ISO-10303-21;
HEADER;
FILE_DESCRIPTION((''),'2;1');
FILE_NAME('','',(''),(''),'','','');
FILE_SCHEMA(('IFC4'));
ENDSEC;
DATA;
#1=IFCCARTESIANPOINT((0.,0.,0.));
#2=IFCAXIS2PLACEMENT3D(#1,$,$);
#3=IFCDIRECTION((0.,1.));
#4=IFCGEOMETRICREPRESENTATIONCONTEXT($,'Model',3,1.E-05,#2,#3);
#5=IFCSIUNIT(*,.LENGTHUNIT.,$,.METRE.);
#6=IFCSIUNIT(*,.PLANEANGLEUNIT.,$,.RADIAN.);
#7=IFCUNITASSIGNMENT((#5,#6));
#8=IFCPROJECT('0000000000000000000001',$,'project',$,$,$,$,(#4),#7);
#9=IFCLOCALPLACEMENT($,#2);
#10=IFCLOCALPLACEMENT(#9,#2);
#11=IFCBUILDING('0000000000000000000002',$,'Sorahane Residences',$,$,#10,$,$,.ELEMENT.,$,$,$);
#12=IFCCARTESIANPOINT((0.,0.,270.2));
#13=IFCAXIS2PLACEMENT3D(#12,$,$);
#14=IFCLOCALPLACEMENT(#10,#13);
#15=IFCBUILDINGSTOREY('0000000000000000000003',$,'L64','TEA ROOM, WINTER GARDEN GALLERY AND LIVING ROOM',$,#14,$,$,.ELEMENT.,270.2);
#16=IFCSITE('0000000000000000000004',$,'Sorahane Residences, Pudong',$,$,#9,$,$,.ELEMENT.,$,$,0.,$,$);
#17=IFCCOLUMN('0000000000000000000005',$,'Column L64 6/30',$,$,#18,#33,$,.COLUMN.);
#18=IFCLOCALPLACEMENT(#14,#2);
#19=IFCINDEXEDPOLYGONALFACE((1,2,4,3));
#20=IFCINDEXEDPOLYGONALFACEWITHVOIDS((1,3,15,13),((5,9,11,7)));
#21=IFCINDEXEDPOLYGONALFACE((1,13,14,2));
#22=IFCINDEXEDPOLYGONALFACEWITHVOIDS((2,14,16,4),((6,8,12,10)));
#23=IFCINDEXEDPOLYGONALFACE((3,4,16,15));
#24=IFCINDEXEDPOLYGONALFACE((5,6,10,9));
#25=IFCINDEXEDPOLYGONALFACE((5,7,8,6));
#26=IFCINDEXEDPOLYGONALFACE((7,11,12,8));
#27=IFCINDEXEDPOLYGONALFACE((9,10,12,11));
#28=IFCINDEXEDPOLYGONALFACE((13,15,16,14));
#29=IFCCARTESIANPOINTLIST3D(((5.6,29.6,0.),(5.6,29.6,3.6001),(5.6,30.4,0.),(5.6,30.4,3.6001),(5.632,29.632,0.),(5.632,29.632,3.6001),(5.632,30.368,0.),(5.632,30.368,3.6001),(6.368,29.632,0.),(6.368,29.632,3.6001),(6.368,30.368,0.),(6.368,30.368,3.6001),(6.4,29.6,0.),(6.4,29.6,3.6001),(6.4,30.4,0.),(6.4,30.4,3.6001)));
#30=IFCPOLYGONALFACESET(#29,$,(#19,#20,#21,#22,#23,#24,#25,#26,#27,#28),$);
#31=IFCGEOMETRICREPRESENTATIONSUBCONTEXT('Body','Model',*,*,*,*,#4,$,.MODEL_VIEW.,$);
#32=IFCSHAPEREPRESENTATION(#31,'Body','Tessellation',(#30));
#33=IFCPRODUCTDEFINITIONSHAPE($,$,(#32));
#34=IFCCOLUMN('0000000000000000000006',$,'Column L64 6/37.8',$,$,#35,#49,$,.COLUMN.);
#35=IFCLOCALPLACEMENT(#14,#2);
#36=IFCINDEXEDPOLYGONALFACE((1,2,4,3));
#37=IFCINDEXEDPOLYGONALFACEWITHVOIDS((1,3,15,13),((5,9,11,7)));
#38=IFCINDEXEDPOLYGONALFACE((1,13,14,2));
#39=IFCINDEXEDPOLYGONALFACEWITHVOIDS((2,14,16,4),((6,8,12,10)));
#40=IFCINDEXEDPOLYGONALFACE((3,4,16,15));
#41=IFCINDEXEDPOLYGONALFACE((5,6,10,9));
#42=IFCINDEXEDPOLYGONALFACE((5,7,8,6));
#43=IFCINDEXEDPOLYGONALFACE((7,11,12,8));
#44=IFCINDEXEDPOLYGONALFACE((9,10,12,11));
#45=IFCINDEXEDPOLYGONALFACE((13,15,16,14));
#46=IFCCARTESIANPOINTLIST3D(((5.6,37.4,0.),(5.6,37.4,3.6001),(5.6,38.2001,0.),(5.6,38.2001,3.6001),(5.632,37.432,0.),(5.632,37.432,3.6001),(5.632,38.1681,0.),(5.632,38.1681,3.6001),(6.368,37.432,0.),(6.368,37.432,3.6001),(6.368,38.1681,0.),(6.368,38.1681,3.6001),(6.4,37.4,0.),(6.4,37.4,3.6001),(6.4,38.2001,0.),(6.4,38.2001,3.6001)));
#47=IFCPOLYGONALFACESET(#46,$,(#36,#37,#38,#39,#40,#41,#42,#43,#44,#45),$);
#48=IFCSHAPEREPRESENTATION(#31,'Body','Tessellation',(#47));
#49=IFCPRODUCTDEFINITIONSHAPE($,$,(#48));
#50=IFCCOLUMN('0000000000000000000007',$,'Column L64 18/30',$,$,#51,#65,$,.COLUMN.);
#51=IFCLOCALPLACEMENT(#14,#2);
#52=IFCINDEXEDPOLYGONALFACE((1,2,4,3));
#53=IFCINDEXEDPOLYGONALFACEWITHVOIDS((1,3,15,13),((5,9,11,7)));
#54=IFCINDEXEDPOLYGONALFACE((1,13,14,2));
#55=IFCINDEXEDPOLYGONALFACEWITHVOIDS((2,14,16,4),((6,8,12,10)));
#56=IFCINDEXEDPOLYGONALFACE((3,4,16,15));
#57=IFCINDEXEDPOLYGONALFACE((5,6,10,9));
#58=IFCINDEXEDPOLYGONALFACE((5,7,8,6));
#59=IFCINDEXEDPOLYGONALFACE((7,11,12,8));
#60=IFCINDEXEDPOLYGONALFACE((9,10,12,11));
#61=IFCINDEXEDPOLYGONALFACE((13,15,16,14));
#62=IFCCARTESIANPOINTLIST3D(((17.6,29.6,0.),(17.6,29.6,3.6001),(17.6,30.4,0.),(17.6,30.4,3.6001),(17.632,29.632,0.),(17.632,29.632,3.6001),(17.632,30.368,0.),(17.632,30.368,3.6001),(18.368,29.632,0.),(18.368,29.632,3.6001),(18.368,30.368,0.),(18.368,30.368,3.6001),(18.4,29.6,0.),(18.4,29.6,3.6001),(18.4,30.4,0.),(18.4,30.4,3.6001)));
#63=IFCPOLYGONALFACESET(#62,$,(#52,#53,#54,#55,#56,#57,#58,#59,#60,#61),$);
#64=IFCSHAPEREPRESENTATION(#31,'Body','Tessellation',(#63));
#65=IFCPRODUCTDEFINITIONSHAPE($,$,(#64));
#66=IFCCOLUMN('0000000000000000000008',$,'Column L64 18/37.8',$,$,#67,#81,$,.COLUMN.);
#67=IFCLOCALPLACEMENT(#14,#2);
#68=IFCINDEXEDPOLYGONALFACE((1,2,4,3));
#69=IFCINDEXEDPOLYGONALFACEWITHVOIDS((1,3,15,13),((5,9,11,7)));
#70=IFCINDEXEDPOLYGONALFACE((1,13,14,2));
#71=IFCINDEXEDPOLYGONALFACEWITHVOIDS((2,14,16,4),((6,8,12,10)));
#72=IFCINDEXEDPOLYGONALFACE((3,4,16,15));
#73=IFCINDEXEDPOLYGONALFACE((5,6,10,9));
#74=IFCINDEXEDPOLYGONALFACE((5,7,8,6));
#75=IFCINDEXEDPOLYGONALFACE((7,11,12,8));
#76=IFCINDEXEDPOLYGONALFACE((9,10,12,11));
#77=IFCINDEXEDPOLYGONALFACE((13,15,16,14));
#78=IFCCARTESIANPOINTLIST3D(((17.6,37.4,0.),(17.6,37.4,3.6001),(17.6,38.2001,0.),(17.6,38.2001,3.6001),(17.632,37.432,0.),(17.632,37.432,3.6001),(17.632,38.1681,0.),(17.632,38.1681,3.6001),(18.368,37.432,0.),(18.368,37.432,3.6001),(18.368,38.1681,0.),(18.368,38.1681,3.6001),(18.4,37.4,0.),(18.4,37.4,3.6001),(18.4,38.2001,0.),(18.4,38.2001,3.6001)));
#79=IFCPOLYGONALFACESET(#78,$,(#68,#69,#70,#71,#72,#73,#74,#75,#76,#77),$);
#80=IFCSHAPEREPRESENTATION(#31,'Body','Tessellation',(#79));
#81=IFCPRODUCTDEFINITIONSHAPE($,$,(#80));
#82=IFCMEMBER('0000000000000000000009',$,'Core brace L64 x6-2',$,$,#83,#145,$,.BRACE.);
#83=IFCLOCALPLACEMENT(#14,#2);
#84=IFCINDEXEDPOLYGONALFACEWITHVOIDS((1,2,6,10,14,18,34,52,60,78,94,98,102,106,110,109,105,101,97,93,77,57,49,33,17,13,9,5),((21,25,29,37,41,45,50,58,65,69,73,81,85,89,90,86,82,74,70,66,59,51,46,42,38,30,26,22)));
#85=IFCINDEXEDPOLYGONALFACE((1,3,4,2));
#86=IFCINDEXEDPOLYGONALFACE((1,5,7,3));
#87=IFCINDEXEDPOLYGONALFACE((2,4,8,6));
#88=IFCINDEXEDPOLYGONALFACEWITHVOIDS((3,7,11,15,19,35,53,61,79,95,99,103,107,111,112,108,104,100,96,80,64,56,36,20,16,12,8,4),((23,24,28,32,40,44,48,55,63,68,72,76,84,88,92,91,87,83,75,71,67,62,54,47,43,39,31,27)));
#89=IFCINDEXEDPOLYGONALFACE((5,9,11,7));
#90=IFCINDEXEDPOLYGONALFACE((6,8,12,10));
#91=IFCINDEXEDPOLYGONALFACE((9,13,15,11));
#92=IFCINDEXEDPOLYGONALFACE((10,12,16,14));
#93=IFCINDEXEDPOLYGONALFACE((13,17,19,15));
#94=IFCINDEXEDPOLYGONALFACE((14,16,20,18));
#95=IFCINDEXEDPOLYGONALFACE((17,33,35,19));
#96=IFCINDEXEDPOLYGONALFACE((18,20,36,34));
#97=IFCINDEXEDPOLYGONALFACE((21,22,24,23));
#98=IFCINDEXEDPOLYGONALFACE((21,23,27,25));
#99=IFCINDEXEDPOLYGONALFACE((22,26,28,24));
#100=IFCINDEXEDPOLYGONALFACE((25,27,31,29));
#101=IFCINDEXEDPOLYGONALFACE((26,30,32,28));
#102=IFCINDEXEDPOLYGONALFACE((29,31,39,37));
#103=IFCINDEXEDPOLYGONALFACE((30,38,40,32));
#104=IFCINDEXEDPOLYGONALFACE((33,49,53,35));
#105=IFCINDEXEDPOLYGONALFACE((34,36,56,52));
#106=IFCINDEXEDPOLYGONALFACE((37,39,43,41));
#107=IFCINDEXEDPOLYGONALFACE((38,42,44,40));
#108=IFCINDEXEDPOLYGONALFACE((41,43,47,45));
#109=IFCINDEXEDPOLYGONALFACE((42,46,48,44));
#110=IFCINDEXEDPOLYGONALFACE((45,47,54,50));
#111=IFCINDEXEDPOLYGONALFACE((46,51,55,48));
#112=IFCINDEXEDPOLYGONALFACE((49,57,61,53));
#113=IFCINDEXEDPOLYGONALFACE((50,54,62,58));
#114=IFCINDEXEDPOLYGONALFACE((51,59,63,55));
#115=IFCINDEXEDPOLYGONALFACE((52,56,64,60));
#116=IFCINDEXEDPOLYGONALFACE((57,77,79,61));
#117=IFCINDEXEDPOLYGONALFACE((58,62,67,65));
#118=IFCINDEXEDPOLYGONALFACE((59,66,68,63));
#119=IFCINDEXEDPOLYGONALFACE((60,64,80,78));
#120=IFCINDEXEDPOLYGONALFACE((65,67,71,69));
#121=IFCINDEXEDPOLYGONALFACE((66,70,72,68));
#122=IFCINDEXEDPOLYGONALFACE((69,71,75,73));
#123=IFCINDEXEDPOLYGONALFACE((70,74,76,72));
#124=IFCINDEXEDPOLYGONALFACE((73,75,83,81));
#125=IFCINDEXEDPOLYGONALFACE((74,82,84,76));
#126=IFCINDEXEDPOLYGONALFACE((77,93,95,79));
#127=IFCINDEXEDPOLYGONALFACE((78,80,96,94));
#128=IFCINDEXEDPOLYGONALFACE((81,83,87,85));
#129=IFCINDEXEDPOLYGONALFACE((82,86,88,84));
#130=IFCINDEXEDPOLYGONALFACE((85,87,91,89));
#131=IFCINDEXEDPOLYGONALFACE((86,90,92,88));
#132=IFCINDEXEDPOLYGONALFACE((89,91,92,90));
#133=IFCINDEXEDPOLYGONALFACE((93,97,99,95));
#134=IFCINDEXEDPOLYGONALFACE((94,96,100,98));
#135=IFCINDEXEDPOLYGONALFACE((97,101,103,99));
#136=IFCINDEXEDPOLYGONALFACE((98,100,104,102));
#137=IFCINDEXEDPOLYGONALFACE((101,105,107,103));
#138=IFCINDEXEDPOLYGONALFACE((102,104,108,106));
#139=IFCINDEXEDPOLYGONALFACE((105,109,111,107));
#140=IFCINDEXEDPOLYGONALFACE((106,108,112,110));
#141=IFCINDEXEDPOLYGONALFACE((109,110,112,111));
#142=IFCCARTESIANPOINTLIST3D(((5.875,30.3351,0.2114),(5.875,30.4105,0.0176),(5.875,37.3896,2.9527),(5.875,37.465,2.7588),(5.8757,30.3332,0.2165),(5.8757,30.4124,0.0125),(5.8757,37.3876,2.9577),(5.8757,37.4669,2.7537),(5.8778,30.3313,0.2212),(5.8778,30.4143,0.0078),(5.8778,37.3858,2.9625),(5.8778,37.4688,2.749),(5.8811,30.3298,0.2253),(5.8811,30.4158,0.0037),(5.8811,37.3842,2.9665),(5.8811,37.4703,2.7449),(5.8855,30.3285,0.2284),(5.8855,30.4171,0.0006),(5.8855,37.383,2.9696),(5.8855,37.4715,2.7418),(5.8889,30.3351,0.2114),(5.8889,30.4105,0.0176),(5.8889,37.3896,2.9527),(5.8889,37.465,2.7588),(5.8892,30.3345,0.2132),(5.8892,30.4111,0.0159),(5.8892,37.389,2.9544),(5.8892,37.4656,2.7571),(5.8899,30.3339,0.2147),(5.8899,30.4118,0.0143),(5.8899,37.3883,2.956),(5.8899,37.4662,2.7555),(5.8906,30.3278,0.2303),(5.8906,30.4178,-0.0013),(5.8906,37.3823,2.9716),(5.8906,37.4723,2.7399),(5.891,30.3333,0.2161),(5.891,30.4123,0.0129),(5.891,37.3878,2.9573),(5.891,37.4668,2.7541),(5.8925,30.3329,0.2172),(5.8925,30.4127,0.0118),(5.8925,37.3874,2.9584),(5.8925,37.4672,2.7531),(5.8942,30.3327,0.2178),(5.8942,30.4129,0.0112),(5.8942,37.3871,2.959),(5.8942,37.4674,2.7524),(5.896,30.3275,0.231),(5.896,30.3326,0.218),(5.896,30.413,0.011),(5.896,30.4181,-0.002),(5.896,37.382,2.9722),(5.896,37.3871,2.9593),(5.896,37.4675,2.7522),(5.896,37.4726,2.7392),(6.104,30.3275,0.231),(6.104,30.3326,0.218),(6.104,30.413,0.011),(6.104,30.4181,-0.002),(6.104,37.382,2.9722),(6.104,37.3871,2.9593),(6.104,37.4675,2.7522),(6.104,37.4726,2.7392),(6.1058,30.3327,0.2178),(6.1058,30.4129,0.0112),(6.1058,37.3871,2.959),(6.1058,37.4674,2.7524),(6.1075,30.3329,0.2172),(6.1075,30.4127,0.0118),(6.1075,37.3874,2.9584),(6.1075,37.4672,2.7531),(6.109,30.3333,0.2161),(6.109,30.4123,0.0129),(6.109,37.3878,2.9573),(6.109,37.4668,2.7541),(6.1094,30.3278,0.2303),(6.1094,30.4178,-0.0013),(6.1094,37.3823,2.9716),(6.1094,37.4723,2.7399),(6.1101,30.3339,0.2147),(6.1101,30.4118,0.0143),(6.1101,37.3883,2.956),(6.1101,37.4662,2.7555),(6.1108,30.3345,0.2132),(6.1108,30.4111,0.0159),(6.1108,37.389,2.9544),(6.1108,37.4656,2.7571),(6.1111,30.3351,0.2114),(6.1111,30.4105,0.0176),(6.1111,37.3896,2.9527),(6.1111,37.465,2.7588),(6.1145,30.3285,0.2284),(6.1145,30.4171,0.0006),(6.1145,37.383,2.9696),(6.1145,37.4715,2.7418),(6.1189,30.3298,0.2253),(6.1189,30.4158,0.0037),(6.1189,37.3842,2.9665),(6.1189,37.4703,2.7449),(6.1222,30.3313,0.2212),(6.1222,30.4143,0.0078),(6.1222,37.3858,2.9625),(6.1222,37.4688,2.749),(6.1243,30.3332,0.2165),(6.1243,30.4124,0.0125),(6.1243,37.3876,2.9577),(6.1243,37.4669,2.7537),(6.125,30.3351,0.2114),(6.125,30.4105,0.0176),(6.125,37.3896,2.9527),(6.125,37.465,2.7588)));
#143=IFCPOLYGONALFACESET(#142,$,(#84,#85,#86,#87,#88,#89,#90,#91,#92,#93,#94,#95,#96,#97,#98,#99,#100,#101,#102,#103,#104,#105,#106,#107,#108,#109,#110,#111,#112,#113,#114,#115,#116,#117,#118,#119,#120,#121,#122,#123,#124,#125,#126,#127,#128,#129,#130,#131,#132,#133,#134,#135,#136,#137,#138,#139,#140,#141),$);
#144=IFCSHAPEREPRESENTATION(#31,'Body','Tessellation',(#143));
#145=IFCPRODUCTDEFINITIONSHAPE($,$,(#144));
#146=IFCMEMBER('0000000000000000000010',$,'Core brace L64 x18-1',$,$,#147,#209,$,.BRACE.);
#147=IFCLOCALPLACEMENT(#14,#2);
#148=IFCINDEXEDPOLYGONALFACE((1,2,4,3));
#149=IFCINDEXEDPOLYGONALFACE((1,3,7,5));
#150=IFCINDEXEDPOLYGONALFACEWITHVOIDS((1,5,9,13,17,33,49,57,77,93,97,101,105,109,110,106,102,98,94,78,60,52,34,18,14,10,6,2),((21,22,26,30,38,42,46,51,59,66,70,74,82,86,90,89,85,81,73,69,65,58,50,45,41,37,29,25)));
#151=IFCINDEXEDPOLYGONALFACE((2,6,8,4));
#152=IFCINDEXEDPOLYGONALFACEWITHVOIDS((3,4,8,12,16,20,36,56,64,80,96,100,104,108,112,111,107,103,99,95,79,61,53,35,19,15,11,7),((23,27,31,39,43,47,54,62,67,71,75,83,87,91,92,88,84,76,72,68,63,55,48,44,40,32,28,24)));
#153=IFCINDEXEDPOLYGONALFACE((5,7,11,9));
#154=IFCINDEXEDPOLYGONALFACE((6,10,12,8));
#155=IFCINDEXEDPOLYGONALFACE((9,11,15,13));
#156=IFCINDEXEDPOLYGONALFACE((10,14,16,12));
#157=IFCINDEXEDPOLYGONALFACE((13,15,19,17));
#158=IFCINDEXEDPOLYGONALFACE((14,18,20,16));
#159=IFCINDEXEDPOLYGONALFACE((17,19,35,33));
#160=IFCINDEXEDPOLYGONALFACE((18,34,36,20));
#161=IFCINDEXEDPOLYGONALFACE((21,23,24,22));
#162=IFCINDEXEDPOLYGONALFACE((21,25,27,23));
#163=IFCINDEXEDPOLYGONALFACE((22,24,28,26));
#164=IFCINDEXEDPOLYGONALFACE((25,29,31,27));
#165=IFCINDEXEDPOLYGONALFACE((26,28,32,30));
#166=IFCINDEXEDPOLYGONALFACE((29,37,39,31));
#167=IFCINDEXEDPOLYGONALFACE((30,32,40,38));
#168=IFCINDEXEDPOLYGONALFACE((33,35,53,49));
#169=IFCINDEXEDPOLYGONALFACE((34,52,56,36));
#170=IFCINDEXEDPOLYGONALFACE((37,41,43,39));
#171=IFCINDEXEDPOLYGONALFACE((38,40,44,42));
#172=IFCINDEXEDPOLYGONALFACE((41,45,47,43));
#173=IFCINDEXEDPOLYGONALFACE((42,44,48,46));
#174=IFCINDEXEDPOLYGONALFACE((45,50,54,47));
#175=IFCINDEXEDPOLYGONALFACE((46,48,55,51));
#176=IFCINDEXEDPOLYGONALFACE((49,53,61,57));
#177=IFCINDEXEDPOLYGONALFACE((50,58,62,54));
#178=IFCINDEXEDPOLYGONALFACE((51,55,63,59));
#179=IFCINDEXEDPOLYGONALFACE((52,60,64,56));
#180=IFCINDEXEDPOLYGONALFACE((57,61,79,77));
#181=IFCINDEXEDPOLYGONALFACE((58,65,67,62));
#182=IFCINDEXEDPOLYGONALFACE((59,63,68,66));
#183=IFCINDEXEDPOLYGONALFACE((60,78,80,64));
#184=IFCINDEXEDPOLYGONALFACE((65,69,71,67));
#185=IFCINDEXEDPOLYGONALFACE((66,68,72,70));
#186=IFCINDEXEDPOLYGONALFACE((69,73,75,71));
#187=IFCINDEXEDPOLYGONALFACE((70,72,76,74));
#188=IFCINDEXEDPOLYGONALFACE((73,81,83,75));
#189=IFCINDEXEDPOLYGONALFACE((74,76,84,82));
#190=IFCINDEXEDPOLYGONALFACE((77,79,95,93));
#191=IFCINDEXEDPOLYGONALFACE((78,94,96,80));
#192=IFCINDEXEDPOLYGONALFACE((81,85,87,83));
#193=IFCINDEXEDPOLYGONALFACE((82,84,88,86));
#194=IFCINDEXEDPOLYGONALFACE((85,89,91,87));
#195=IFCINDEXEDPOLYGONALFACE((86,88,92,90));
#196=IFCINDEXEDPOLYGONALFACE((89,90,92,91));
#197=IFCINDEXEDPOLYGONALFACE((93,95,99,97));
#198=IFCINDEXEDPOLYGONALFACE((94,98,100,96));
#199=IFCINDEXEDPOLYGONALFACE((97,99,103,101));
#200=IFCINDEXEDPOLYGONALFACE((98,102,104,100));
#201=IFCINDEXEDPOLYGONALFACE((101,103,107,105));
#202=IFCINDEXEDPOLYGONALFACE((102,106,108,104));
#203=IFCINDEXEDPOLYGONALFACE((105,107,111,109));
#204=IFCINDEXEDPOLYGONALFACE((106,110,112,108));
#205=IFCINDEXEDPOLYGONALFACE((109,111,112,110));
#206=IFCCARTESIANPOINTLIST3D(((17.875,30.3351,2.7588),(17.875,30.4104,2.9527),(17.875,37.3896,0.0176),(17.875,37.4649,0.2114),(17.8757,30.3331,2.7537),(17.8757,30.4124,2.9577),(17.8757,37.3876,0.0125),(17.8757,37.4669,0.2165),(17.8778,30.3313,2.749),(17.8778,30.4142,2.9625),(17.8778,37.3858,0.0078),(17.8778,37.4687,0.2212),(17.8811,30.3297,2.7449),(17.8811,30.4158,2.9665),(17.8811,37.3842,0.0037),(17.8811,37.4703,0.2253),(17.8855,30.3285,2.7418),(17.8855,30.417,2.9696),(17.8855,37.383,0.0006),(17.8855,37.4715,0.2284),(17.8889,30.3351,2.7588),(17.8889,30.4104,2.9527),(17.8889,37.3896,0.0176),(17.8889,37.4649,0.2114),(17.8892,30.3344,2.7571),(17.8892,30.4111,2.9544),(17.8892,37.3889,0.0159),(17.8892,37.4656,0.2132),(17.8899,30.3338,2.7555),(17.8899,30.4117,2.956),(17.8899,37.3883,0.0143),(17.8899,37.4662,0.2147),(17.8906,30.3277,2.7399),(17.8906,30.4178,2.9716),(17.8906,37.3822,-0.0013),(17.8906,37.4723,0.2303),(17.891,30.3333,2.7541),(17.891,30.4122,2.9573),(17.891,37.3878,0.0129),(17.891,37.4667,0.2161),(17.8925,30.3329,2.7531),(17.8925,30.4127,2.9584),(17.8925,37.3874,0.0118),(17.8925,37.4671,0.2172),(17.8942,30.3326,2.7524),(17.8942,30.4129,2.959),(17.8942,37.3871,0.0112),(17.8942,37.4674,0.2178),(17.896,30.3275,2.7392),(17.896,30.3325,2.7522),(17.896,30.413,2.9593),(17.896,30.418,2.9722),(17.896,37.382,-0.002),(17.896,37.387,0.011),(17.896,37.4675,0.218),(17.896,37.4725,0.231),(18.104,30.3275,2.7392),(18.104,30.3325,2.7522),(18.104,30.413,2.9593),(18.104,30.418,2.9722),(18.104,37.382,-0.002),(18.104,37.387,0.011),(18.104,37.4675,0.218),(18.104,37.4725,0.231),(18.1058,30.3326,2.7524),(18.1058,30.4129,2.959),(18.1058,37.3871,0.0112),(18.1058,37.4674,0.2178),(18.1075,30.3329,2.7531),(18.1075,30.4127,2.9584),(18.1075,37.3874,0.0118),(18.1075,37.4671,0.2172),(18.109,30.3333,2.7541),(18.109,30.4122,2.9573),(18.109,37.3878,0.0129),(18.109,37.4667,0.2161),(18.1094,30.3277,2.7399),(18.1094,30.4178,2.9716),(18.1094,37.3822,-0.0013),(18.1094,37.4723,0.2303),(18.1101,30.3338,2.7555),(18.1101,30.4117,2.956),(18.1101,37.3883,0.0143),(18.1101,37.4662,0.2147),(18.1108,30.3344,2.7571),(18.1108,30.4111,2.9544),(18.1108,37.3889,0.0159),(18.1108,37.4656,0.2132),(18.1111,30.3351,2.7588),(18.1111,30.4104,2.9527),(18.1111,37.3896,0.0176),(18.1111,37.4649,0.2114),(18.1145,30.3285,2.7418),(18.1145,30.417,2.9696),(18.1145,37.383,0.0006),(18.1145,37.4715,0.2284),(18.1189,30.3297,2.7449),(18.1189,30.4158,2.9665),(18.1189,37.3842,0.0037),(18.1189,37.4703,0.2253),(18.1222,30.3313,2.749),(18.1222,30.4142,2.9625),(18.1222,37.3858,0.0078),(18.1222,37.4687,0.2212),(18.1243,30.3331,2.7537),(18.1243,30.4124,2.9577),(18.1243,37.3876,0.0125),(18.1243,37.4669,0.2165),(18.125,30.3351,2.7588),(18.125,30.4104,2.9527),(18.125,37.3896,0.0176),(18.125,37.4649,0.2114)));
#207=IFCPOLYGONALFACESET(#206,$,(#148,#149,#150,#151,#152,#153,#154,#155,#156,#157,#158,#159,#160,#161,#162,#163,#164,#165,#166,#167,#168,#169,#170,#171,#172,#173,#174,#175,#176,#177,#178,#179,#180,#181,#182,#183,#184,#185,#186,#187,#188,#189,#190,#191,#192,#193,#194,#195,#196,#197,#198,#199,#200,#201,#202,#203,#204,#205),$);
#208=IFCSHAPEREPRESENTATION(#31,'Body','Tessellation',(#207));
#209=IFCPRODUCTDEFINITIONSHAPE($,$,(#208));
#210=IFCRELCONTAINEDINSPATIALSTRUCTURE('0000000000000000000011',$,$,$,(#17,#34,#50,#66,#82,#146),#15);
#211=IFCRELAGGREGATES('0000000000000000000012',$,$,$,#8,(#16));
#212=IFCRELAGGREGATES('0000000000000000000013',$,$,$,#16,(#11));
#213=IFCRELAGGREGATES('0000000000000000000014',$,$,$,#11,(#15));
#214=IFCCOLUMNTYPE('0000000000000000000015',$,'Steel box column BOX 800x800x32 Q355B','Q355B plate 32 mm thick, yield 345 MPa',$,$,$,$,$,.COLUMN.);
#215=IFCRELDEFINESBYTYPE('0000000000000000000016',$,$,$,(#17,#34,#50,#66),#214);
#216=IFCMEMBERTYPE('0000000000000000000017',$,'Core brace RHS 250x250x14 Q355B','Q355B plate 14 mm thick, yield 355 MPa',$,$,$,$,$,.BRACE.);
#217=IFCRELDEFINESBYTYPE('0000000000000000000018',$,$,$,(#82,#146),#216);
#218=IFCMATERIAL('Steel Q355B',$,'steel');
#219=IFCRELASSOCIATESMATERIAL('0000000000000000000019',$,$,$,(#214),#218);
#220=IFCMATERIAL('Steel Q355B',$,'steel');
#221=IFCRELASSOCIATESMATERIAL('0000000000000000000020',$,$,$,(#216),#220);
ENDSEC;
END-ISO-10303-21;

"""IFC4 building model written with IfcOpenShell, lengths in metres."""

from ifc_helpers import new_model, si_unit, direction, frame, origin, origin_2d, place, context, subcontext, project, spatial, hollow_rectangle, extrude, material, material_profile, profile_set, type_object, element, save


model = new_model("IFC4")

# Units and contexts
model_context = context("Model", 3, precision=1e-05, world=origin(), true_north=direction((0.0, 1.0)))
body_context = subcontext(model_context, "Body", "Model", "MODEL_VIEW")
ifc_project = project(units=[si_unit("LENGTHUNIT", "METRE"), si_unit("PLANEANGLEUNIT", "RADIAN")], contexts=[model_context])

# Site, building, storey
site_placement = place(None, origin())
site = spatial("IfcSite", under=ifc_project, at=site_placement, Name="Sorahane Residences, Pudong", CompositionType="ELEMENT", RefElevation=0.0)
building_placement = place(site_placement, origin())
building = spatial("IfcBuilding", under=site, at=building_placement, Name="Sorahane Residences", CompositionType="ELEMENT")
storey_placement = place(building_placement, frame((0.0, 0.0, 270.2)))
storey = spatial("IfcBuildingStorey", under=building, at=storey_placement, Name="L64", Description="TEA ROOM, WINTER GARDEN GALLERY AND LIVING ROOM", CompositionType="ELEMENT", Elevation=270.2)

# Columns
ifc_material_1 = material(Name="Steel Q355B", Category="steel")
ifc_material_profile_1 = material_profile(ifc_material_1, hollow_rectangle(XDim=0.8, YDim=0.8, WallThickness=0.032, at=origin_2d()), Name="BOX 800x800x32")
ifc_profile_set_1 = profile_set([ifc_material_profile_1], Name="Steel Q355B")
column_type = type_object("IfcColumnType", Name="Steel box column BOX 800x800x32 Q355B", Description="Q355B plate 32 mm thick, yield 345 MPa", PredefinedType="COLUMN", material=ifc_profile_set_1)
for number, where, z_axis, x_axis, name in (
    (1, (6.0, 30.0, 0.0), (0.0, 0.0, 1.0), (1.0, 0.0, 0.0), "Column L64 6/30"),
    (2, (6.0, 37.8, 0.0), (0.0, 0.0, 1.0), (1.0, 0.0, 0.0), "Column L64 6/37.8"),
    (3, (18.0, 30.0, 0.0), (0.0, 0.0, 1.0), (1.0, 0.0, 0.0), "Column L64 18/30"),
    (4, (18.0, 37.8, 0.0), (0.0, 0.0, 1.0), (1.0, 0.0, 0.0), "Column L64 18/37.8"),
):
    element("IfcColumn", number, at=place(storey_placement, frame(where, z_axis=z_axis, x_axis=x_axis)), inside=storey, type_object=column_type, Name=name, PredefinedType="COLUMN", context=body_context, shape_type="SweptSolid", body=[
        extrude(hollow_rectangle(XDim=0.8, YDim=0.8, WallThickness=0.032, at=origin_2d()), origin(), (0.0, 0.0, 1.0), 3.6001),
    ])

# Members
ifc_material_2 = material(Name="Steel Q355B", Category="steel")
ifc_material_profile_2 = material_profile(ifc_material_2, hollow_rectangle(XDim=0.25, YDim=0.25, WallThickness=0.0139, InnerFilletRadius=0.0071, OuterFilletRadius=0.021, at=origin_2d()), Name="RHS 250x250x14")
ifc_profile_set_2 = profile_set([ifc_material_profile_2], Name="Steel Q355B")
member_type = type_object("IfcMemberType", Name="Core brace RHS 250x250x14 Q355B", Description="Q355B plate 14 mm thick, yield 355 MPa", PredefinedType="BRACE", material=ifc_profile_set_2)
for number, where, z_axis, x_axis, name in (
    (5, (6.0, 30.3728, 0.1145), (0.0, 0.932102, 0.362196), (-1.0, 0.0, 0.0), "Core brace L64 x6-2"),
    (6, (18.0, 37.4272, 0.1145), (0.0, -0.932102, 0.362196), (1.0, 0.0, 0.0), "Core brace L64 x18-1"),
):
    element("IfcMember", number, at=place(storey_placement, frame(where, z_axis=z_axis, x_axis=x_axis)), inside=storey, type_object=member_type, Name=name, PredefinedType="BRACE", context=body_context, shape_type="SweptSolid", body=[
        extrude(hollow_rectangle(XDim=0.25, YDim=0.25, WallThickness=0.0139, InnerFilletRadius=0.0071, OuterFilletRadius=0.021, at=origin_2d()), origin(), (0.0, 0.0, 1.0), 7.5684),
    ])

save(model, "model.ifc")
